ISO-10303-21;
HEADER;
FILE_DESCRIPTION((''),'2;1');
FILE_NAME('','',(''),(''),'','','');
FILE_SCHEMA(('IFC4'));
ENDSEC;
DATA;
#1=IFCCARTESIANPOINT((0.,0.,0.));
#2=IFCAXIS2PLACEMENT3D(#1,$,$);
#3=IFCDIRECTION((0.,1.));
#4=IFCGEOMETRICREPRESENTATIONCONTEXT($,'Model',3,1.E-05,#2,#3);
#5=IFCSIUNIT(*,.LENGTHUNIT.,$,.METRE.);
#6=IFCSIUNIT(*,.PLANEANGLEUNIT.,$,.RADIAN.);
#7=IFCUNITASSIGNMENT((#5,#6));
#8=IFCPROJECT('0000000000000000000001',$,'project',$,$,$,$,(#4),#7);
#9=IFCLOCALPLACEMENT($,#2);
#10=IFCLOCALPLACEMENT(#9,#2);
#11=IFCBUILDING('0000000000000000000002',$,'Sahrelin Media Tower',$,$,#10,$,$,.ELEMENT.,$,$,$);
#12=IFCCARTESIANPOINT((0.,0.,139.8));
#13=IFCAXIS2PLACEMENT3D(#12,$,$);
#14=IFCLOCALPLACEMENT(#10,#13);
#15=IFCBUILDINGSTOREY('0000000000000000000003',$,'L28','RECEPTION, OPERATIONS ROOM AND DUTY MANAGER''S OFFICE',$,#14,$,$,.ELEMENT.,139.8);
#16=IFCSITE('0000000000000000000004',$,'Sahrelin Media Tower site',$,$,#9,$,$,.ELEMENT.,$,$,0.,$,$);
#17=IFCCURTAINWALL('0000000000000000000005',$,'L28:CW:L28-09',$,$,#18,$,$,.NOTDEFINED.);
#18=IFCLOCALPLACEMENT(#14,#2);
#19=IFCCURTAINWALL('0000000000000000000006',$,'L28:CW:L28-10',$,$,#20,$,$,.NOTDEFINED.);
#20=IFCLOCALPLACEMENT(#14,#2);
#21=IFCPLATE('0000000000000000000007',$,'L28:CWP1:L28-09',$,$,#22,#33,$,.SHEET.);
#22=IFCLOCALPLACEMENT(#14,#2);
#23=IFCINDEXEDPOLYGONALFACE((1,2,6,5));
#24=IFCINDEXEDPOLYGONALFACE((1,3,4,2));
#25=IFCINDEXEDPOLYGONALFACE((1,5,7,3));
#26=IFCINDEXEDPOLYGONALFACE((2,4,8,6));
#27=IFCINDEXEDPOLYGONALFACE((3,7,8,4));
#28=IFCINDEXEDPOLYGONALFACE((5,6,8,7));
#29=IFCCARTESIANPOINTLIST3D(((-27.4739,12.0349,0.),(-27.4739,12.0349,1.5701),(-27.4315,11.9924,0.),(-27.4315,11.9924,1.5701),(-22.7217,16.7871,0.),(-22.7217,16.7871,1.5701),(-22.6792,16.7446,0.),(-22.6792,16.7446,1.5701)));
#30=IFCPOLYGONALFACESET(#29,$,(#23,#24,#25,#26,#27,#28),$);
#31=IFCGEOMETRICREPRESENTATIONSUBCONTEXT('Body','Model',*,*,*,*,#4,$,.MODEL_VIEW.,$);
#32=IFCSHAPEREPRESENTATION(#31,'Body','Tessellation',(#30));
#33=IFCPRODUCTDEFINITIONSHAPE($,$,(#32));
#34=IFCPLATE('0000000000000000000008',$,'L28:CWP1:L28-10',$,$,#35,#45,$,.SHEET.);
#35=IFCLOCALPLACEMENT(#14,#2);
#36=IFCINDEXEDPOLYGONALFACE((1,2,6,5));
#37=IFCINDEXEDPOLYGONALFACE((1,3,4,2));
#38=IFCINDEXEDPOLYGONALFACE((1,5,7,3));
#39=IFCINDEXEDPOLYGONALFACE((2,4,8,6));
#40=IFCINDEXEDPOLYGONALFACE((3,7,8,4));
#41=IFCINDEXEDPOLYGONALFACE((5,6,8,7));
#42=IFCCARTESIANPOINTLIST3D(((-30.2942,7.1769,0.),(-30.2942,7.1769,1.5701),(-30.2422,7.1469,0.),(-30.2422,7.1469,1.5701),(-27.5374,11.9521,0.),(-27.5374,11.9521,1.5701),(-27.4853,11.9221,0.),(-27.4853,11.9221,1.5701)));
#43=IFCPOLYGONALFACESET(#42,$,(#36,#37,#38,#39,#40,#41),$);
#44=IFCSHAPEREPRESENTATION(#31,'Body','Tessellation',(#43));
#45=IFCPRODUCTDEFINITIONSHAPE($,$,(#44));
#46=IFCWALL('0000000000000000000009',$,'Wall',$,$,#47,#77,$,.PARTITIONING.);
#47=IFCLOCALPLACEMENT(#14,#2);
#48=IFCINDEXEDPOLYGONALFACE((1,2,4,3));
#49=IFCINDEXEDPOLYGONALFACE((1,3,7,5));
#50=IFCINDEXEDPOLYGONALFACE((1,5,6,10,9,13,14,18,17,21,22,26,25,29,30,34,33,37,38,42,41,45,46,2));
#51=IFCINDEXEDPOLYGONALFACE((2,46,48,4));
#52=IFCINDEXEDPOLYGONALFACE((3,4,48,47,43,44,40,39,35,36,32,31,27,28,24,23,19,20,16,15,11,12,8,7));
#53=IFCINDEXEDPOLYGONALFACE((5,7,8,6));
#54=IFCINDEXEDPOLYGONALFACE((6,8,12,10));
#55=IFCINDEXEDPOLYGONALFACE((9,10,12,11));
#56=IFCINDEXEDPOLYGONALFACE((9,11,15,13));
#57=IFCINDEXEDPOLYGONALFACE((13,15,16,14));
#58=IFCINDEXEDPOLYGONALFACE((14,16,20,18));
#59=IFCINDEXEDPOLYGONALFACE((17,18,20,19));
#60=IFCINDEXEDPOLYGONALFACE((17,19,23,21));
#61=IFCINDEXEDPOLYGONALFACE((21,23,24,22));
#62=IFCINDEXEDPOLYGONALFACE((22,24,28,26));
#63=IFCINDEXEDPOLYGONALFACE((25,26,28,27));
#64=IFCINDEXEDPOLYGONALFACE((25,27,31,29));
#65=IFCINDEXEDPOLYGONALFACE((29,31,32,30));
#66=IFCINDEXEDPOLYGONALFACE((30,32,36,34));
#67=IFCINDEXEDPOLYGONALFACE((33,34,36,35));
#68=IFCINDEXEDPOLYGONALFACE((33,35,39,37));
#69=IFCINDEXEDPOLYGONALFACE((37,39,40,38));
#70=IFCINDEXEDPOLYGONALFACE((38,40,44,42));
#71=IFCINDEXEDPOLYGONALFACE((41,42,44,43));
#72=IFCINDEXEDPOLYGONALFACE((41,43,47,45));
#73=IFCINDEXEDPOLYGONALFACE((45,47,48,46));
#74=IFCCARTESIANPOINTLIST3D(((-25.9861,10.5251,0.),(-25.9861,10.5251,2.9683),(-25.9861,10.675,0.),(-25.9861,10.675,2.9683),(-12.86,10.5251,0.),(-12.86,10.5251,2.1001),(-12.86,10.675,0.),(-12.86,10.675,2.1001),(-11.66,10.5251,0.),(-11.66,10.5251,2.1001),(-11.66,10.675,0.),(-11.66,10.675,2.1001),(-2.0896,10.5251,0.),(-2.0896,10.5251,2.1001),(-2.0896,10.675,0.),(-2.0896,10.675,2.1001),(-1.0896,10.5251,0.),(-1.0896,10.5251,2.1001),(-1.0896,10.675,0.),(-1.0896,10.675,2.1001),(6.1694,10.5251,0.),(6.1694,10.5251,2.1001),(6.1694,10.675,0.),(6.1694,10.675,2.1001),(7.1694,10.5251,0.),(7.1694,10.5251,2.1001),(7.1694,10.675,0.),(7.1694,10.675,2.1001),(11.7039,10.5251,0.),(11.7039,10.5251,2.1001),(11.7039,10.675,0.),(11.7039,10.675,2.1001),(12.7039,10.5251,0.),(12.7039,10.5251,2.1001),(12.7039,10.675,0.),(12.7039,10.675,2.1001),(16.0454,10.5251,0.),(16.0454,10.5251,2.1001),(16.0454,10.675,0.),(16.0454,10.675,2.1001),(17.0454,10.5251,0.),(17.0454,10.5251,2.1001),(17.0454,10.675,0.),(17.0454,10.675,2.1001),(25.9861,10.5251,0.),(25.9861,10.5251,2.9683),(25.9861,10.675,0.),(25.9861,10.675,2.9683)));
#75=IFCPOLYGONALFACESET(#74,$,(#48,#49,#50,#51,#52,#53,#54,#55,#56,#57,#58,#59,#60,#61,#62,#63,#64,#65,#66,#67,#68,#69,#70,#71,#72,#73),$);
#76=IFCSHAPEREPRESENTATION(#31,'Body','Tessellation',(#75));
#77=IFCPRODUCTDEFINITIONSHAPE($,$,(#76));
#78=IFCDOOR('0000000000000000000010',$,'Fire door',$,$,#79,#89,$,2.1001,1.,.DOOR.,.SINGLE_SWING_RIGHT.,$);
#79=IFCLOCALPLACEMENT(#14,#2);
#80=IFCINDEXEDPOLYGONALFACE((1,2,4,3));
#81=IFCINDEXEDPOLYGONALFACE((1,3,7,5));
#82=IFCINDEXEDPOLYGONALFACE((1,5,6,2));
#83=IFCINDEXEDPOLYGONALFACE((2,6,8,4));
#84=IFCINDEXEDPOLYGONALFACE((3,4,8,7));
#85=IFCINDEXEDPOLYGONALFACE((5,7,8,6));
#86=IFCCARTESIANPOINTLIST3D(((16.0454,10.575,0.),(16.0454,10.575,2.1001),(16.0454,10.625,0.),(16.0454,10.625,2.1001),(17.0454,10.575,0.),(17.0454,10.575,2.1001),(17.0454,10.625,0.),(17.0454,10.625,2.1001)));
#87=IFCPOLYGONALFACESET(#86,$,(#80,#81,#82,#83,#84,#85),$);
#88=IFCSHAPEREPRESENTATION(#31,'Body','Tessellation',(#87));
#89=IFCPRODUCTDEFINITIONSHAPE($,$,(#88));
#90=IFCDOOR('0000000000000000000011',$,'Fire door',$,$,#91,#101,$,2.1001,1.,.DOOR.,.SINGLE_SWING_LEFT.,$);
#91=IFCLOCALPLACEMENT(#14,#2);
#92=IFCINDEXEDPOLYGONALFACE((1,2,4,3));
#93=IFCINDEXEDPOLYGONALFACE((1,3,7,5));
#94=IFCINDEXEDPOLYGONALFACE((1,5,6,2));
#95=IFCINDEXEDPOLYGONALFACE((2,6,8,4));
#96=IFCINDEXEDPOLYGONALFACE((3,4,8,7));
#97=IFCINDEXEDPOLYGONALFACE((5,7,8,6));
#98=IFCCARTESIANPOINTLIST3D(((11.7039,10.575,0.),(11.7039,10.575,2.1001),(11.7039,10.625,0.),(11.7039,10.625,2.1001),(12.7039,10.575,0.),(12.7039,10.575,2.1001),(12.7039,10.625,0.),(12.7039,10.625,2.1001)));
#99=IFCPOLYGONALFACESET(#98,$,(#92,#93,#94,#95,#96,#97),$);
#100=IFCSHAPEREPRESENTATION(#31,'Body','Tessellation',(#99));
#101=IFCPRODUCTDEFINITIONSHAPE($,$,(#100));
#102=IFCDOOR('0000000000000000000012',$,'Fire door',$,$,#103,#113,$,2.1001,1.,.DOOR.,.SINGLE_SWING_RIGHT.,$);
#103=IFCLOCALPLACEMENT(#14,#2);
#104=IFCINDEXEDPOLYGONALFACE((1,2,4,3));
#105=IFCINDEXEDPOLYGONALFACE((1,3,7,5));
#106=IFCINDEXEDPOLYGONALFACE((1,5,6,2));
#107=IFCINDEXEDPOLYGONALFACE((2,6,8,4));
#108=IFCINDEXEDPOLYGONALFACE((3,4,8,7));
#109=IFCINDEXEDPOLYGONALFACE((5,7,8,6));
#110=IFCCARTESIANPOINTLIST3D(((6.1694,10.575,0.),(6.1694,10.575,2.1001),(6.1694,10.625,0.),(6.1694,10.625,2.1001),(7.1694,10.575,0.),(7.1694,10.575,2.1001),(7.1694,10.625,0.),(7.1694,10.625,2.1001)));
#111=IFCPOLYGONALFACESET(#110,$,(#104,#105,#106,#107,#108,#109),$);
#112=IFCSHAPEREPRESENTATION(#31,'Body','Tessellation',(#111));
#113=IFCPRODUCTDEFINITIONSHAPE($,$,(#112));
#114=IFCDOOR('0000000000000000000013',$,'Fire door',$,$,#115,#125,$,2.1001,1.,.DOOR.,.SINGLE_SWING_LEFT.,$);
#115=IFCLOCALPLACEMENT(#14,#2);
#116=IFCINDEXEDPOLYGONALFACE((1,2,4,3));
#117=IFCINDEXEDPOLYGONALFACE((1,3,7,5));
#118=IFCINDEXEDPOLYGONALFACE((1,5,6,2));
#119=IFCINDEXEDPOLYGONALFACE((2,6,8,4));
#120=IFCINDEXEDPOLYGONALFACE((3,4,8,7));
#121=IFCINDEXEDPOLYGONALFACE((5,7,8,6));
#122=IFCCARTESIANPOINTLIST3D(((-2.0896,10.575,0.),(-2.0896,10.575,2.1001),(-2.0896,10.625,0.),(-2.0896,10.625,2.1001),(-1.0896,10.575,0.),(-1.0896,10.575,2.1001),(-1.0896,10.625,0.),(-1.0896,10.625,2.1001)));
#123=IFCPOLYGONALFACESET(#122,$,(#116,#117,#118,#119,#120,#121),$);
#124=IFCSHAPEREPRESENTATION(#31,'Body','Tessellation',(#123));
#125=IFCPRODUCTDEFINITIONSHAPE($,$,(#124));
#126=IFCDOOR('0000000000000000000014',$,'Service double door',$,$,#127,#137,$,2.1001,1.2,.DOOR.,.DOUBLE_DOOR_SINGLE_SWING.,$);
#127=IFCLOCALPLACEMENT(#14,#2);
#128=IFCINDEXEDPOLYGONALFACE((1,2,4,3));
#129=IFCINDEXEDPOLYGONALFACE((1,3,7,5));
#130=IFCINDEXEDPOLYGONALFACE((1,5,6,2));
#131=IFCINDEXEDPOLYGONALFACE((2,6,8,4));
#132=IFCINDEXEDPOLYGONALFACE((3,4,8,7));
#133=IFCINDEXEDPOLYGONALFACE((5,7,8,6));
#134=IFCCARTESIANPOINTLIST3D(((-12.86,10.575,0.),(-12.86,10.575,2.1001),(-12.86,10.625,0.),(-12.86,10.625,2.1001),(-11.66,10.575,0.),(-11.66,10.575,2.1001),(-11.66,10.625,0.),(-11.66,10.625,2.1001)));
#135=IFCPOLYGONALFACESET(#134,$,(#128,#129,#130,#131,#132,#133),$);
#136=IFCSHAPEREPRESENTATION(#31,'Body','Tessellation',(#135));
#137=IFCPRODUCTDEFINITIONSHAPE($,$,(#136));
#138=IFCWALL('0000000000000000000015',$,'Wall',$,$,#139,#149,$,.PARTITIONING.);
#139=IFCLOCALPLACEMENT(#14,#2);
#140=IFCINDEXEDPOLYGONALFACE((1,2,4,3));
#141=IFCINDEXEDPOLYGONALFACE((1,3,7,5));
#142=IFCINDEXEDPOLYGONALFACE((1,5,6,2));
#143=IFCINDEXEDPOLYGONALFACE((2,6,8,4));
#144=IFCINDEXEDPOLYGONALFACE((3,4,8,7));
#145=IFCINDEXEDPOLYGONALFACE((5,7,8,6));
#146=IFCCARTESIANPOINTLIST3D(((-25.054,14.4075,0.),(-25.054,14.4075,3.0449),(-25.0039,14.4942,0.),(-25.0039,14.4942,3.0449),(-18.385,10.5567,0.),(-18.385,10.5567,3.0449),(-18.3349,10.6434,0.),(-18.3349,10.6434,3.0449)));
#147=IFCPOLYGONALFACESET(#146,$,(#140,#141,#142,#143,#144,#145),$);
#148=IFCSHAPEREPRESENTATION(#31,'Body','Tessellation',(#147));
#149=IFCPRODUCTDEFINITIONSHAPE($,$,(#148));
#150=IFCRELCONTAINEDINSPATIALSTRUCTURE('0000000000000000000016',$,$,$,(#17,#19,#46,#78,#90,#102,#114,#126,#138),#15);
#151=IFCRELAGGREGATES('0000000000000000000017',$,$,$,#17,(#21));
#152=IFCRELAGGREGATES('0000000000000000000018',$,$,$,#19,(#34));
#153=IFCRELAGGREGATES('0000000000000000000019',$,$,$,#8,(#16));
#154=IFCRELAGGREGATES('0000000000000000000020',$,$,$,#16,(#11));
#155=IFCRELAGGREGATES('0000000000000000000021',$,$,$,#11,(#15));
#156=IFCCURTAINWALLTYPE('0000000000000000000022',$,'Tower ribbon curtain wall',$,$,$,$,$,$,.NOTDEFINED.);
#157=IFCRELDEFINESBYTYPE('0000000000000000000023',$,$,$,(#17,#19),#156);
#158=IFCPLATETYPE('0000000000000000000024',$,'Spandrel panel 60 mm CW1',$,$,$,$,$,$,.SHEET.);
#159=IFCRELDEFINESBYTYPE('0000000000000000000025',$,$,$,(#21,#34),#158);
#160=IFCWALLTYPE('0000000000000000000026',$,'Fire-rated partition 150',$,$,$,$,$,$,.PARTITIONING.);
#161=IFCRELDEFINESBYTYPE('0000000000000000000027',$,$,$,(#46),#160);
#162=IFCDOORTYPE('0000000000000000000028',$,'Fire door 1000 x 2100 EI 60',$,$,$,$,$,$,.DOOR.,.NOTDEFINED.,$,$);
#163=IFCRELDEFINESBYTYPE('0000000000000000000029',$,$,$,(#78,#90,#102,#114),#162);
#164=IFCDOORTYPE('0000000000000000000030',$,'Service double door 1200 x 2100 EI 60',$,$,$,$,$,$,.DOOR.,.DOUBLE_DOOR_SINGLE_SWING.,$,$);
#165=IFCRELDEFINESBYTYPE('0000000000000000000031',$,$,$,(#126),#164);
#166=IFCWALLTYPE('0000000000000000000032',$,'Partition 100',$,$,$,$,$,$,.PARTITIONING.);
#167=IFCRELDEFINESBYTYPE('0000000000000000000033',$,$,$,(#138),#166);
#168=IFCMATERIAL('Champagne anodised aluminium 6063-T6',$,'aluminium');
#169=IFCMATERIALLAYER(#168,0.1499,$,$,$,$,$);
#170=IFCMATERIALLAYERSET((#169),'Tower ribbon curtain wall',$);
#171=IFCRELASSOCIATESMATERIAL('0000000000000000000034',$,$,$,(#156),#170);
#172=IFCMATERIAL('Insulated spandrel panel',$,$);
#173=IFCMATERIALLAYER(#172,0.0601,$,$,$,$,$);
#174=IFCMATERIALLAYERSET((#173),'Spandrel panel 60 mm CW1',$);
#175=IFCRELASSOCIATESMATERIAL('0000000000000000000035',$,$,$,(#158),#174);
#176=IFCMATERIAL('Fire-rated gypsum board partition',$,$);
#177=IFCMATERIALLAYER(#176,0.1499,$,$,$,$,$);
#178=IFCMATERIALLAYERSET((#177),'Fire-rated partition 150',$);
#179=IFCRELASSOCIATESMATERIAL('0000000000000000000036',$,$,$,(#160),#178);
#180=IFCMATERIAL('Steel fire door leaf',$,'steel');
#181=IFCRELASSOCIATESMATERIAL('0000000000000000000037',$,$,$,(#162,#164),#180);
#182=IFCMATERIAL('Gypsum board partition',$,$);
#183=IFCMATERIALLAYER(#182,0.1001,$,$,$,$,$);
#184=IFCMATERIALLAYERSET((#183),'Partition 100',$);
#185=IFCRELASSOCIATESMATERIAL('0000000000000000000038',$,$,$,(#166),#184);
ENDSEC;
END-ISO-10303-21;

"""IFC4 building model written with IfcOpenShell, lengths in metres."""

from ifc_helpers import new_model, si_unit, direction, frame, frame_2d, origin, place, context, subcontext, project, spatial, polyline, rectangle, outline, extrude, material, layer, layer_set, type_object, element, fill, aggregate, save


model = new_model("IFC4")

# Units and contexts
model_context = context("Model", 3, precision=1e-05, world=origin(), true_north=direction((0.0, 1.0)))
body_context = subcontext(model_context, "Body", "Model", "MODEL_VIEW")
ifc_project = project(units=[si_unit("LENGTHUNIT", "METRE"), si_unit("PLANEANGLEUNIT", "RADIAN")], contexts=[model_context])

# Site, building, storey
site_placement = place(None, origin())
site = spatial("IfcSite", under=ifc_project, at=site_placement, Name="Sahrelin Media Tower site", CompositionType="ELEMENT", RefElevation=0.0)
building_placement = place(site_placement, origin())
building = spatial("IfcBuilding", under=site, at=building_placement, Name="Sahrelin Media Tower", CompositionType="ELEMENT")
storey_placement = place(building_placement, frame((0.0, 0.0, 139.8)))
storey = spatial("IfcBuildingStorey", under=building, at=storey_placement, Name="L28", Description="RECEPTION, OPERATIONS ROOM AND DUTY MANAGER'S OFFICE", CompositionType="ELEMENT", Elevation=139.8)

# Curtain wall
ifc_material_1 = material(Name="Champagne anodised aluminium 6063-T6", Category="aluminium")
ifc_layer_1 = layer(ifc_material_1, 0.1499)
ifc_layer_set_1 = layer_set([ifc_layer_1], Name="Tower ribbon curtain wall")
curtain_wall_type = type_object("IfcCurtainWallType", Name="Tower ribbon curtain wall", PredefinedType="NOTDEFINED", material=ifc_layer_set_1)
curtain_wall_1_placement = place(storey_placement, frame((-25.0835, 14.397, 0.0), z_axis=(0.0, 0.0, 1.0), x_axis=(1.0, 0.0, 0.0)))
curtain_wall_1 = element("IfcCurtainWall", 1, at=curtain_wall_1_placement, inside=storey, type_object=curtain_wall_type, Name="L28:CW:L28-09", PredefinedType="NOTDEFINED")

# Curtain wall
curtain_wall_2_placement = place(storey_placement, frame((-28.8984, 9.5547, 0.0), z_axis=(0.0, 0.0, 1.0), x_axis=(1.0, 0.0, 0.0)))
curtain_wall_2 = element("IfcCurtainWall", 2, at=curtain_wall_2_placement, inside=storey, type_object=curtain_wall_type, Name="L28:CW:L28-10", PredefinedType="NOTDEFINED")

# Plates
ifc_material_2 = material(Name="Insulated spandrel panel")
ifc_layer_2 = layer(ifc_material_2, 0.0601)
ifc_layer_set_2 = layer_set([ifc_layer_2], Name="Spandrel panel 60 mm CW1")
plate_type_1 = type_object("IfcPlateType", Name="Spandrel panel 60 mm CW1", PredefinedType="SHEET", material=ifc_layer_set_2)
plate_1_placement = place(storey_placement, frame((-22.7217, 16.7871, 0.0), z_axis=(-0.707107, 0.707107, 0.0), x_axis=(-0.707107, -0.707107, 0.0)))
plate_1 = element("IfcPlate", 3, at=plate_1_placement, type_object=plate_type_1, Name="L28:CWP1:L28-09", PredefinedType="SHEET", context=body_context, shape_type="SweptSolid", body=[
    extrude(outline(polyline([(0.0, 0.0), (6.7207, 0.0), (6.7207, 1.5701), (0.0, 1.5701), (0.0, 0.0)])), origin(), (0.0, 0.0, -1.0), 0.0601),
])
aggregate(curtain_wall_1, [plate_1])
plate_2_placement = place(storey_placement, frame((-27.5374, 11.9521, 0.0), z_axis=(-0.866033, 0.499987, 0.0), x_axis=(-0.499987, -0.866033, 0.0)))
plate_2 = element("IfcPlate", 4, at=plate_2_placement, type_object=plate_type_1, Name="L28:CWP1:L28-10", PredefinedType="SHEET", context=body_context, shape_type="SweptSolid", body=[
    extrude(outline(polyline([(0.0, 0.0), (5.5139, 0.0), (5.5139, 1.5701), (0.0, 1.5701), (0.0, 0.0)])), origin(), (0.0, 0.0, -1.0), 0.0601),
])
aggregate(curtain_wall_2, [plate_2])

# Wall, openings, doors
ifc_material_3 = material(Name="Fire-rated gypsum board partition")
ifc_layer_3 = layer(ifc_material_3, 0.1499)
ifc_layer_set_3 = layer_set([ifc_layer_3], Name="Fire-rated partition 150")
wall_type_1 = type_object("IfcWallType", Name="Fire-rated partition 150", PredefinedType="PARTITIONING", material=ifc_layer_set_3)
wall_1_placement = place(storey_placement, frame((-25.9861, 10.6001, 0.0), z_axis=(0.0, 0.0, 1.0), x_axis=(1.0, 0.0, 0.0)))
wall_1 = element("IfcWall", 5, at=wall_1_placement, inside=storey, type_object=wall_type_1, Name="Wall", PredefinedType="PARTITIONING", context=body_context, shape_type="SweptSolid", body=[
    extrude(rectangle(XDim=51.9722, YDim=0.1499, at=frame_2d((25.9861, 0.0))), origin(), (0.0, 0.0, 1.0), 2.9683),
])
opening_1_placement = place(wall_1_placement, frame((42.0315, 0.0, 0.0)))
opening_1 = element("IfcOpeningElement", 6, at=opening_1_placement, cuts=wall_1, PredefinedType="OPENING", context=body_context, shape_type="SweptSolid", body=[
    extrude(rectangle(XDim=1.0, YDim=2.1001, at=frame_2d((0.5, 1.05))), frame((0.0, 0.075, 0.0), z_axis=(0.0, -1.0, 0.0), x_axis=(1.0, 0.0, 0.0)), (0.0, 0.0, 1.0), 0.1499),
])
opening_2_placement = place(wall_1_placement, frame((37.6899, 0.0, 0.0)))
opening_2 = element("IfcOpeningElement", 7, at=opening_2_placement, cuts=wall_1, PredefinedType="OPENING", context=body_context, shape_type="SweptSolid", body=[
    extrude(rectangle(XDim=1.0, YDim=2.1001, at=frame_2d((0.5, 1.05))), frame((0.0, 0.075, 0.0), z_axis=(0.0, -1.0, 0.0), x_axis=(1.0, 0.0, 0.0)), (0.0, 0.0, 1.0), 0.1499),
])
opening_3_placement = place(wall_1_placement, frame((32.1555, 0.0, 0.0)))
opening_3 = element("IfcOpeningElement", 8, at=opening_3_placement, cuts=wall_1, PredefinedType="OPENING", context=body_context, shape_type="SweptSolid", body=[
    extrude(rectangle(XDim=1.0, YDim=2.1001, at=frame_2d((0.5, 1.05))), frame((0.0, 0.075, 0.0), z_axis=(0.0, -1.0, 0.0), x_axis=(1.0, 0.0, 0.0)), (0.0, 0.0, 1.0), 0.1499),
])
opening_4_placement = place(wall_1_placement, frame((23.8965, 0.0, 0.0)))
opening_4 = element("IfcOpeningElement", 9, at=opening_4_placement, cuts=wall_1, PredefinedType="OPENING", context=body_context, shape_type="SweptSolid", body=[
    extrude(rectangle(XDim=1.0, YDim=2.1001, at=frame_2d((0.5, 1.05))), frame((0.0, 0.075, 0.0), z_axis=(0.0, -1.0, 0.0), x_axis=(1.0, 0.0, 0.0)), (0.0, 0.0, 1.0), 0.1499),
])
opening_5_placement = place(wall_1_placement, frame((13.126, 0.0, 0.0)))
opening_5 = element("IfcOpeningElement", 10, at=opening_5_placement, cuts=wall_1, PredefinedType="OPENING", context=body_context, shape_type="SweptSolid", body=[
    extrude(rectangle(XDim=1.2, YDim=2.1001, at=frame_2d((0.6001, 1.05))), frame((0.0, 0.075, 0.0), z_axis=(0.0, -1.0, 0.0), x_axis=(1.0, 0.0, 0.0)), (0.0, 0.0, 1.0), 0.1499),
])
ifc_material_4 = material(Name="Steel fire door leaf", Category="steel")
door_type_1 = type_object("IfcDoorType", Name="Fire door 1000 x 2100 EI 60", OperationType="NOTDEFINED", PredefinedType="DOOR", material=ifc_material_4)
door_1_placement = place(opening_1_placement, origin())
door_1 = element("IfcDoor", 11, at=door_1_placement, inside=storey, type_object=door_type_1, Name="Fire door", OperationType="SINGLE_SWING_RIGHT", OverallHeight=2.1001, OverallWidth=1.0, PredefinedType="DOOR", context=body_context, shape_type="SweptSolid", body=[
    extrude(rectangle(XDim=1.0, YDim=2.1001, at=frame_2d((0.5, 1.05))), frame((0.0, 0.0249, 0.0), z_axis=(0.0, -1.0, 0.0), x_axis=(1.0, 0.0, 0.0)), (0.0, 0.0, 1.0), 0.05),
])
fill(opening_1, door_1)
door_2_placement = place(opening_2_placement, origin())
door_2 = element("IfcDoor", 12, at=door_2_placement, inside=storey, type_object=door_type_1, Name="Fire door", OperationType="SINGLE_SWING_LEFT", OverallHeight=2.1001, OverallWidth=1.0, PredefinedType="DOOR", context=body_context, shape_type="SweptSolid", body=[
    extrude(rectangle(XDim=1.0, YDim=2.1001, at=frame_2d((0.5, 1.05))), frame((0.0, 0.0249, 0.0), z_axis=(0.0, -1.0, 0.0), x_axis=(1.0, 0.0, 0.0)), (0.0, 0.0, 1.0), 0.05),
])
fill(opening_2, door_2)
door_3_placement = place(opening_3_placement, origin())
door_3 = element("IfcDoor", 13, at=door_3_placement, inside=storey, type_object=door_type_1, Name="Fire door", OperationType="SINGLE_SWING_RIGHT", OverallHeight=2.1001, OverallWidth=1.0, PredefinedType="DOOR", context=body_context, shape_type="SweptSolid", body=[
    extrude(rectangle(XDim=1.0, YDim=2.1001, at=frame_2d((0.5, 1.05))), frame((0.0, 0.0249, 0.0), z_axis=(0.0, -1.0, 0.0), x_axis=(1.0, 0.0, 0.0)), (0.0, 0.0, 1.0), 0.05),
])
fill(opening_3, door_3)
door_4_placement = place(opening_4_placement, origin())
door_4 = element("IfcDoor", 14, at=door_4_placement, inside=storey, type_object=door_type_1, Name="Fire door", OperationType="SINGLE_SWING_LEFT", OverallHeight=2.1001, OverallWidth=1.0, PredefinedType="DOOR", context=body_context, shape_type="SweptSolid", body=[
    extrude(rectangle(XDim=1.0, YDim=2.1001, at=frame_2d((0.5, 1.05))), frame((0.0, 0.0249, 0.0), z_axis=(0.0, -1.0, 0.0), x_axis=(1.0, 0.0, 0.0)), (0.0, 0.0, 1.0), 0.05),
])
fill(opening_4, door_4)
door_type_2 = type_object("IfcDoorType", Name="Service double door 1200 x 2100 EI 60", OperationType="DOUBLE_DOOR_SINGLE_SWING", PredefinedType="DOOR", material=ifc_material_4)
door_5_placement = place(opening_5_placement, origin())
door_5 = element("IfcDoor", 15, at=door_5_placement, inside=storey, type_object=door_type_2, Name="Service double door", OperationType="DOUBLE_DOOR_SINGLE_SWING", OverallHeight=2.1001, OverallWidth=1.2, PredefinedType="DOOR", context=body_context, shape_type="SweptSolid", body=[
    extrude(rectangle(XDim=1.2, YDim=2.1001, at=frame_2d((0.6001, 1.05))), frame((0.0, 0.0249, 0.0), z_axis=(0.0, -1.0, 0.0), x_axis=(1.0, 0.0, 0.0)), (0.0, 0.0, 1.0), 0.05),
])
fill(opening_5, door_5)

# Wall
ifc_material_5 = material(Name="Gypsum board partition")
ifc_layer_4 = layer(ifc_material_5, 0.1001)
ifc_layer_set_4 = layer_set([ifc_layer_4], Name="Partition 100")
wall_type_2 = type_object("IfcWallType", Name="Partition 100", PredefinedType="PARTITIONING", material=ifc_layer_set_4)
wall_2_placement = place(storey_placement, frame((-25.0291, 14.4509, 0.0), z_axis=(0.0, 0.0, 1.0), x_axis=(0.865997, -0.50005, 0.0)))
element("IfcWall", 16, at=wall_2_placement, inside=storey, type_object=wall_type_2, Name="Wall", PredefinedType="PARTITIONING", context=body_context, shape_type="SweptSolid", body=[
    extrude(rectangle(XDim=7.7009, YDim=0.1001, at=frame_2d((3.8506, 0.0))), origin(), (0.0, 0.0, 1.0), 3.0449),
])

save(model, "model.ifc")
